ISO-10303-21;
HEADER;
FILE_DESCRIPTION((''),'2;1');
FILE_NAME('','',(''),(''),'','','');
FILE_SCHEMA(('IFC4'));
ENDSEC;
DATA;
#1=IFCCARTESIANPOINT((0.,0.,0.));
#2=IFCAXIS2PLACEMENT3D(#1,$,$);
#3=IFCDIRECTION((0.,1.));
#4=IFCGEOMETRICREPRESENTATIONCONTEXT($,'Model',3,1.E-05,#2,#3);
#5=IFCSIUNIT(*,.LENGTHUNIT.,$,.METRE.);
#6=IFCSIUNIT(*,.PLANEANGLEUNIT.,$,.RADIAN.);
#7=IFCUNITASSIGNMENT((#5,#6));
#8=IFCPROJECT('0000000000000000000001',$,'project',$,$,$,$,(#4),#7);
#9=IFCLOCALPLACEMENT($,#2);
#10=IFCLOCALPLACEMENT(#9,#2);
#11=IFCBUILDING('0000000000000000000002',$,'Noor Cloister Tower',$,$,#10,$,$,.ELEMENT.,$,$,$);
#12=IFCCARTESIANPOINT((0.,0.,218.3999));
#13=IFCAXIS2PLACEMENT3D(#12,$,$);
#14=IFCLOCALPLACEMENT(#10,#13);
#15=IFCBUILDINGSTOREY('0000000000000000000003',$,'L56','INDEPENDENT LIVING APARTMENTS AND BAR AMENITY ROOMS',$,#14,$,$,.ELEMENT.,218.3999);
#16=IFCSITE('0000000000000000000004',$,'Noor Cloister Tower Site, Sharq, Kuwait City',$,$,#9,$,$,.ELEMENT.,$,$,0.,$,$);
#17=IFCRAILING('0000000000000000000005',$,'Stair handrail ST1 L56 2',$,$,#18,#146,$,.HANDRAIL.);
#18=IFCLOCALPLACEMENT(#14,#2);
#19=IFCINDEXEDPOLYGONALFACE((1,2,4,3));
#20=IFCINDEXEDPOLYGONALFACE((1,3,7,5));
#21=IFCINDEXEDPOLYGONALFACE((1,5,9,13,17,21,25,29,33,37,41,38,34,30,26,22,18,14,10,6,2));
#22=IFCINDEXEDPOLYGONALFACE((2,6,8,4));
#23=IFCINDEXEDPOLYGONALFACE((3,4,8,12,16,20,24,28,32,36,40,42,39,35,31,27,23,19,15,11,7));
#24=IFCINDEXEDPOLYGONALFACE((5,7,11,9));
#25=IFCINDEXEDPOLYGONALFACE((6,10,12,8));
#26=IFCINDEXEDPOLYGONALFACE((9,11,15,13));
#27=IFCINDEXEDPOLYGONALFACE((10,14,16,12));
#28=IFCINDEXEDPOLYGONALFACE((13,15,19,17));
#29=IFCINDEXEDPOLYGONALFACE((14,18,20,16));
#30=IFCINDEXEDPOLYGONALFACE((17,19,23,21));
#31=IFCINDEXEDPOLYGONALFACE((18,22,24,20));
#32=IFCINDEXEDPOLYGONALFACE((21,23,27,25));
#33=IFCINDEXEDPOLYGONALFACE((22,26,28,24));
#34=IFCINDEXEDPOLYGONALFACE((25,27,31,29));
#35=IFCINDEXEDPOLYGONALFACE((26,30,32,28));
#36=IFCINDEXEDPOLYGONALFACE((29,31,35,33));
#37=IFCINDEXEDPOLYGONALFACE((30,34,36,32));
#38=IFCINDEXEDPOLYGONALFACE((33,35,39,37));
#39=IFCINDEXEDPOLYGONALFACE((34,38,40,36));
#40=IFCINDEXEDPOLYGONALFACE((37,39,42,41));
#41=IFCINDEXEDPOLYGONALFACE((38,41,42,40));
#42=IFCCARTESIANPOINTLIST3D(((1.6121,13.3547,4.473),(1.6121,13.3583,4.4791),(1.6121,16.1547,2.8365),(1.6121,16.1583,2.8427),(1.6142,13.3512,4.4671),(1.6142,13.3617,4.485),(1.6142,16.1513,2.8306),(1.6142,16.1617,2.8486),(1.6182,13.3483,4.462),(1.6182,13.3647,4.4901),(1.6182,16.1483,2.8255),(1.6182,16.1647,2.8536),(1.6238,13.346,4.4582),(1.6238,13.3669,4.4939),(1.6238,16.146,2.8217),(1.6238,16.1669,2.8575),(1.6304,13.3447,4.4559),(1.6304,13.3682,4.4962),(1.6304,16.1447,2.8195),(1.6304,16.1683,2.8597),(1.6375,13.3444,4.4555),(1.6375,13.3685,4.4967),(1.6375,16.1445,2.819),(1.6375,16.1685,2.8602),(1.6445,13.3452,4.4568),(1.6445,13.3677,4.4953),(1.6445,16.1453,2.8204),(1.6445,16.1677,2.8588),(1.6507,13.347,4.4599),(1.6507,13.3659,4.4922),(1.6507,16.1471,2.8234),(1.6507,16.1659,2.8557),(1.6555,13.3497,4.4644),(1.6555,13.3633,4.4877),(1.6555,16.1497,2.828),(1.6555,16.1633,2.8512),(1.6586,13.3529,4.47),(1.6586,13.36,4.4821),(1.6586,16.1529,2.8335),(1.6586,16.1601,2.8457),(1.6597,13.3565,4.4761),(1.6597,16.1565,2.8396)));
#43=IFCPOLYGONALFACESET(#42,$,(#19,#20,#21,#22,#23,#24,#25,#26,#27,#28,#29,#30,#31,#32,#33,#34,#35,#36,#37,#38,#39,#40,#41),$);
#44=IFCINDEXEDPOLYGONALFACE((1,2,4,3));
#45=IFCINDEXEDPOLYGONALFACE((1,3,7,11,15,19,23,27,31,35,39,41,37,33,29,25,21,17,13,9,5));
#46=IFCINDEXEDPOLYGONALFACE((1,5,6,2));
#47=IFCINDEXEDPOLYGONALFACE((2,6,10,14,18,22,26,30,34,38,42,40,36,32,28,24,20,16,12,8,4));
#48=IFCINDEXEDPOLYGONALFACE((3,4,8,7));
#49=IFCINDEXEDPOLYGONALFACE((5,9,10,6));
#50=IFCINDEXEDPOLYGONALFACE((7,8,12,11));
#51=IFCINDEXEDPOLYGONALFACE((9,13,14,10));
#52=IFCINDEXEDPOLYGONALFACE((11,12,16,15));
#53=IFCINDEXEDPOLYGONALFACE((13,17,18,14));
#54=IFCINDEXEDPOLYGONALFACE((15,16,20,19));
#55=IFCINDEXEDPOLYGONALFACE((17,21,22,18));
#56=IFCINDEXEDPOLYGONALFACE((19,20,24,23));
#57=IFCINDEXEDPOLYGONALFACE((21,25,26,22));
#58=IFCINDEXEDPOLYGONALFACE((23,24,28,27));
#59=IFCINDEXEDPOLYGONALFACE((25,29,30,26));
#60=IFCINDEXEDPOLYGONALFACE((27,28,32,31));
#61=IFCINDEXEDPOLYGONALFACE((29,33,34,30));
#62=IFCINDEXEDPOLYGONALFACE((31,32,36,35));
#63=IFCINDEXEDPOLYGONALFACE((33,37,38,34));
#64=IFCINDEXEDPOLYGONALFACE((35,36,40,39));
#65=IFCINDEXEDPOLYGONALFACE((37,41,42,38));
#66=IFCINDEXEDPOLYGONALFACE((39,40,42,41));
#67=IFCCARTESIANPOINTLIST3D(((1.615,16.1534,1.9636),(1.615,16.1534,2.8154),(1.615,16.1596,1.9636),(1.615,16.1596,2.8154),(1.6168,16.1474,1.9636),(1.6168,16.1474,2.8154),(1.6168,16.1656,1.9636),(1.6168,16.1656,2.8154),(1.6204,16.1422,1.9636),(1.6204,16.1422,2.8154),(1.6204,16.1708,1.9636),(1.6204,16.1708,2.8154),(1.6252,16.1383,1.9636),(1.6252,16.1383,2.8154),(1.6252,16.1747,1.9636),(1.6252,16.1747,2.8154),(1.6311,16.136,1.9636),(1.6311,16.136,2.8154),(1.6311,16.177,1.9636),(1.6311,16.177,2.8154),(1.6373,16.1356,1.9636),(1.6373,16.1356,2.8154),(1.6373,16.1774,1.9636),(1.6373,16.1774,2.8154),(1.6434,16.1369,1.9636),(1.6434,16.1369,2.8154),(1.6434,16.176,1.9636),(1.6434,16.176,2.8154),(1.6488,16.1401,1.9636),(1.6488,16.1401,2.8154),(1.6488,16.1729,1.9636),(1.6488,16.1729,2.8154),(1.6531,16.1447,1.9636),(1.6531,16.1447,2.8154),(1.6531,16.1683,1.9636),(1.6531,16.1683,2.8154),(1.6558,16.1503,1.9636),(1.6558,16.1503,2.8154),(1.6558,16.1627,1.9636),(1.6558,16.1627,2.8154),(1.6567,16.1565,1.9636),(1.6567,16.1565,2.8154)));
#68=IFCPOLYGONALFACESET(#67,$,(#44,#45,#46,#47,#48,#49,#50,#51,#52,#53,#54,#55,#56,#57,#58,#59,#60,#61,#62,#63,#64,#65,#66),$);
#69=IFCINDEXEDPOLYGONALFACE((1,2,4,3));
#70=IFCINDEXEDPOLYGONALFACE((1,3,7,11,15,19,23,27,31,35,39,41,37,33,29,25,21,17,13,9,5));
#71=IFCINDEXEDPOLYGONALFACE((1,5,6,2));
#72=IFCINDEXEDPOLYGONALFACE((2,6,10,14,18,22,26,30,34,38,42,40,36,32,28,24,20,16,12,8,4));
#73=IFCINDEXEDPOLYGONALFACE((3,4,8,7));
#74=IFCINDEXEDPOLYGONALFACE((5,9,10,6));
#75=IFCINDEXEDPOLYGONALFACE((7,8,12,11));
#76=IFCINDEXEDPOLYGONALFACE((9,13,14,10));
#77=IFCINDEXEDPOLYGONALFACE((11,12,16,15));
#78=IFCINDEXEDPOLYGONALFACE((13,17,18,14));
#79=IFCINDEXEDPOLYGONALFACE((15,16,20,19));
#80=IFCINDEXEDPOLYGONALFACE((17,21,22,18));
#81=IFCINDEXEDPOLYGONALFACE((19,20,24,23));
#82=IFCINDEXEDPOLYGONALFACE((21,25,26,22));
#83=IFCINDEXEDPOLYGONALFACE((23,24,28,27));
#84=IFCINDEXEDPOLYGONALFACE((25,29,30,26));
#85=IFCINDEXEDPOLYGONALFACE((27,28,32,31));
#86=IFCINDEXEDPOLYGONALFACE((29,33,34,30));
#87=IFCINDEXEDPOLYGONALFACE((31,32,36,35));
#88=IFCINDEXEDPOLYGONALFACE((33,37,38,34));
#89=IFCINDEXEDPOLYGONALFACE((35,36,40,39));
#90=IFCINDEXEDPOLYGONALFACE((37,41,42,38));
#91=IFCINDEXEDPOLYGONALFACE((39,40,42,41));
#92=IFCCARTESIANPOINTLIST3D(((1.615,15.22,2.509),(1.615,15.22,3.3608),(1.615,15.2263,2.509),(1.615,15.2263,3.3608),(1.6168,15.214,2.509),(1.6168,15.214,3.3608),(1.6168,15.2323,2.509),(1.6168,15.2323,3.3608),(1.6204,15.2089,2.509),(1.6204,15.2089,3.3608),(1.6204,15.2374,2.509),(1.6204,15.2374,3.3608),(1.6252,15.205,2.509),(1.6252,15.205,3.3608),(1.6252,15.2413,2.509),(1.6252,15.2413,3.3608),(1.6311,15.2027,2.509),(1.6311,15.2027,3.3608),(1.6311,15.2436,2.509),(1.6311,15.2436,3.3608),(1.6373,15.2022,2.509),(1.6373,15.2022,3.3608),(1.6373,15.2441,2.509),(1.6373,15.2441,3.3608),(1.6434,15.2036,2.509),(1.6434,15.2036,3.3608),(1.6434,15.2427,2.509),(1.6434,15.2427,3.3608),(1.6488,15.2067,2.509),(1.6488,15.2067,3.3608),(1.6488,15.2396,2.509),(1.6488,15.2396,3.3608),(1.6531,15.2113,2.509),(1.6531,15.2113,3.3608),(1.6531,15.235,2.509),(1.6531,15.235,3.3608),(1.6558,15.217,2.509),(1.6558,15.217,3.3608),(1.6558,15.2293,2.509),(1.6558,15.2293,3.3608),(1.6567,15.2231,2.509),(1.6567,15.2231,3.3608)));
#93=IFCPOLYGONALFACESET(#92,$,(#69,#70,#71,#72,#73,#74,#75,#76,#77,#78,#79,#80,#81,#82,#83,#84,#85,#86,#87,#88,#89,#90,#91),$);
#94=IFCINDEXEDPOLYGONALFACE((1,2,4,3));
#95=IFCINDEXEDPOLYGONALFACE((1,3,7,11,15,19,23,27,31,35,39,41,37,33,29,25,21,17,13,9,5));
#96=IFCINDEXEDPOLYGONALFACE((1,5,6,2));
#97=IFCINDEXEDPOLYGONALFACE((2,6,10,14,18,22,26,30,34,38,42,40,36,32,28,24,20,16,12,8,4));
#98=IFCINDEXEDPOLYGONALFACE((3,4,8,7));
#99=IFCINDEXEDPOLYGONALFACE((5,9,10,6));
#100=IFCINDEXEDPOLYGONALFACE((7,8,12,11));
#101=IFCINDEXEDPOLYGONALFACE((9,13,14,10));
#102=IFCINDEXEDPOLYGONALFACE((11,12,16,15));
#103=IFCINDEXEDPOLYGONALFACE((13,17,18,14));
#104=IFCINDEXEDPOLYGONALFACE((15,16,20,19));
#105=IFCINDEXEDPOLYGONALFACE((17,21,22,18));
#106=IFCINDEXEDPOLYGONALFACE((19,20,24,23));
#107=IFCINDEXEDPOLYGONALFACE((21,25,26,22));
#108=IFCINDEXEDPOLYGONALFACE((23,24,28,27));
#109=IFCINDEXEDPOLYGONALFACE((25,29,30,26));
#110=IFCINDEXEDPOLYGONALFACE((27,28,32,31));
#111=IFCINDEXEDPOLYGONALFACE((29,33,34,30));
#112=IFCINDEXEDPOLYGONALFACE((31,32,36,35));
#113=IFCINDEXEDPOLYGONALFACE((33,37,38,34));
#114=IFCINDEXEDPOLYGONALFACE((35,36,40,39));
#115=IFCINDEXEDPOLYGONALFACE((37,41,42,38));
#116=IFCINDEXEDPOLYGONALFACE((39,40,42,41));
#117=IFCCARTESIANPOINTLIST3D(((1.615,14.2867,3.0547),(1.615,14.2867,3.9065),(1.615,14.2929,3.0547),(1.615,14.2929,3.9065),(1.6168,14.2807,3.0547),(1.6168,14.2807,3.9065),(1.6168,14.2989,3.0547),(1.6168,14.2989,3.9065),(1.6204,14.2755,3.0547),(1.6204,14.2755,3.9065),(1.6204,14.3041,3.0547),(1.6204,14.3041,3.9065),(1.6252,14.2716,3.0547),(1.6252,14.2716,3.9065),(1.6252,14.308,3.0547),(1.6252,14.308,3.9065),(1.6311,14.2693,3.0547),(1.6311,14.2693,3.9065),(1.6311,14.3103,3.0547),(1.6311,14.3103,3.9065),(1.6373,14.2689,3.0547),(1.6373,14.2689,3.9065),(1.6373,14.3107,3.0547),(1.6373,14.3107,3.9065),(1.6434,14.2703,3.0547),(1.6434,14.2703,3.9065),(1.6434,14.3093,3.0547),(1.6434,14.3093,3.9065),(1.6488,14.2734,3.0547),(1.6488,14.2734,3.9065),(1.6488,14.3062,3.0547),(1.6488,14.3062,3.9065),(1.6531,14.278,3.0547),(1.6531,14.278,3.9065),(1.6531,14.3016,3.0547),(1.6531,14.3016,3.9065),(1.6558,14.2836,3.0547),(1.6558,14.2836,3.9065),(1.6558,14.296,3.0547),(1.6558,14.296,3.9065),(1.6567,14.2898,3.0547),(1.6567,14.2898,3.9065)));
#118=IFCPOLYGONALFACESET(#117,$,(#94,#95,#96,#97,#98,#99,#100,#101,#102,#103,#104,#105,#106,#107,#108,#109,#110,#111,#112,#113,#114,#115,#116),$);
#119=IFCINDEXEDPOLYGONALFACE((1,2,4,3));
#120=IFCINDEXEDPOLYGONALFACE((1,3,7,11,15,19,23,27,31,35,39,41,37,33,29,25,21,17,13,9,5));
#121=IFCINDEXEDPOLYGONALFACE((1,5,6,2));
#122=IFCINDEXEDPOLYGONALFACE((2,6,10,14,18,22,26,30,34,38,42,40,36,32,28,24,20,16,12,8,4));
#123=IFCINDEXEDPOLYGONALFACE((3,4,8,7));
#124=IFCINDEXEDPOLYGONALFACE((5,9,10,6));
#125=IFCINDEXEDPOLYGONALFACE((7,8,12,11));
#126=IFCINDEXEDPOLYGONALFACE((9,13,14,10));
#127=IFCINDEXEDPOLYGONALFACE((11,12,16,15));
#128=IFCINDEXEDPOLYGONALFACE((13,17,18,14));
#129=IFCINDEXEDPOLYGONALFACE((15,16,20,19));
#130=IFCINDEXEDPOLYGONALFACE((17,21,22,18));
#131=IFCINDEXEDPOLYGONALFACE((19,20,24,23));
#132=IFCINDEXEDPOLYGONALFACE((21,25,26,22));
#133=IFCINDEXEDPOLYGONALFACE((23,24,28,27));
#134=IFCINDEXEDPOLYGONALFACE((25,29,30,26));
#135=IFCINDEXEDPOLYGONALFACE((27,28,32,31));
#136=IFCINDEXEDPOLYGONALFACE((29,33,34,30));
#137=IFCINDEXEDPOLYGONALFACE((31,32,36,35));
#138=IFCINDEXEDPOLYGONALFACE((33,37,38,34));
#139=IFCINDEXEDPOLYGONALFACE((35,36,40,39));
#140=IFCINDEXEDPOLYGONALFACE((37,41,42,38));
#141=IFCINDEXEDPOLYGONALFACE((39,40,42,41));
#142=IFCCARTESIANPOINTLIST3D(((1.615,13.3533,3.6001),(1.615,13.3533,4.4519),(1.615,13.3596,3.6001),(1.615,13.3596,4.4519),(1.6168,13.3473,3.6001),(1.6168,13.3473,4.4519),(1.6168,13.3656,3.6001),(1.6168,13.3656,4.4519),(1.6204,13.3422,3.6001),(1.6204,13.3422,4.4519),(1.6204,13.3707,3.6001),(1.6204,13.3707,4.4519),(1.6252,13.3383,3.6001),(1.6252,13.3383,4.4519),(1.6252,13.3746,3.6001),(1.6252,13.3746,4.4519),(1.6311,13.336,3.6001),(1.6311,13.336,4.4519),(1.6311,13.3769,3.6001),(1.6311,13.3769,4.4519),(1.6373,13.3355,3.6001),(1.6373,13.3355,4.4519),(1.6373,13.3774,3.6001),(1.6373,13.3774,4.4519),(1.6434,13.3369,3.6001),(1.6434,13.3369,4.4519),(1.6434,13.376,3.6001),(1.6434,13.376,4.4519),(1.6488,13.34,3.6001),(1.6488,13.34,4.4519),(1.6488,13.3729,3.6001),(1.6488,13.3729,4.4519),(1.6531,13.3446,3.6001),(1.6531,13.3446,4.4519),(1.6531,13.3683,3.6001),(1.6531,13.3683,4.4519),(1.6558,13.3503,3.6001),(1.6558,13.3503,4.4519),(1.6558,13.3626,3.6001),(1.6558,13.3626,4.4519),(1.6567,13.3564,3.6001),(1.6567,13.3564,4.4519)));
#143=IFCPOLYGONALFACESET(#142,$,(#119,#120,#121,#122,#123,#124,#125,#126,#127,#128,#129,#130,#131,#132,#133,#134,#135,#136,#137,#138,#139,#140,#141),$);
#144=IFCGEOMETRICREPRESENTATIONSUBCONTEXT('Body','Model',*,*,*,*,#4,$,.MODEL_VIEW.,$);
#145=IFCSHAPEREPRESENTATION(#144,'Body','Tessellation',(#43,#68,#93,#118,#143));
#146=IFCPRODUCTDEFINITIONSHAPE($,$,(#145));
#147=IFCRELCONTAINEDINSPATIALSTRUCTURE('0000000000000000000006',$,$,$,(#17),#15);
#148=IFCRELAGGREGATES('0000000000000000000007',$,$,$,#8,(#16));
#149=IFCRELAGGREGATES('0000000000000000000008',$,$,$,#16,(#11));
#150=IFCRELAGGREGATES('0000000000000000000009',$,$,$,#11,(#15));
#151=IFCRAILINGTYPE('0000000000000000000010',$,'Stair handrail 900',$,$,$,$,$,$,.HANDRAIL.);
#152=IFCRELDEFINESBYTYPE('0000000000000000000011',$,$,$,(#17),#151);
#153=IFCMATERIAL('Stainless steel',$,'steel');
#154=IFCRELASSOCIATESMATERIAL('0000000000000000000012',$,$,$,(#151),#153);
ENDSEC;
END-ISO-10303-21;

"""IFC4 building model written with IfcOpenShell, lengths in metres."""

from ifc_helpers import new_model, si_unit, direction, frame, origin, origin_2d, place, context, subcontext, project, spatial, circle, extrude, material, type_object, element, save


model = new_model("IFC4")

# Units and contexts
model_context = context("Model", 3, precision=1e-05, world=origin(), true_north=direction((0.0, 1.0)))
body_context = subcontext(model_context, "Body", "Model", "MODEL_VIEW")
ifc_project = project(units=[si_unit("LENGTHUNIT", "METRE"), si_unit("PLANEANGLEUNIT", "RADIAN")], contexts=[model_context])

# Site, building, storey
site_placement = place(None, origin())
site = spatial("IfcSite", under=ifc_project, at=site_placement, Name="Noor Cloister Tower Site, Sharq, Kuwait City", CompositionType="ELEMENT", RefElevation=0.0)
building_placement = place(site_placement, origin())
building = spatial("IfcBuilding", under=site, at=building_placement, Name="Noor Cloister Tower", CompositionType="ELEMENT")
storey_placement = place(building_placement, frame((0.0, 0.0, 218.3999)))
storey = spatial("IfcBuildingStorey", under=building, at=storey_placement, Name="L56", Description="INDEPENDENT LIVING APARTMENTS AND BAR AMENITY ROOMS", CompositionType="ELEMENT", Elevation=218.3999)

# Railing
ifc_material_1 = material(Name="Stainless steel", Category="steel")
railing_type_1 = type_object("IfcRailingType", Name="Stair handrail 900", PredefinedType="HANDRAIL", material=ifc_material_1)
railing_1_placement = place(storey_placement, frame((1.6357, 16.1565, 1.9636)))
element("IfcRailing", 1, at=railing_1_placement, inside=storey, type_object=railing_type_1, Name="Stair handrail ST1 L56 2", PredefinedType="HANDRAIL", context=body_context, shape_type="SweptSolid", body=[
    extrude(circle(Radius=0.0239, at=origin_2d()), frame((0.0, 0.0, 0.876), z_axis=(0.0, -0.863361, 0.504587), x_axis=(1.0, 0.0, 0.0)), (0.0, 0.0, 1.0), 3.2432),
    extrude(circle(Radius=0.021, at=origin_2d()), origin(), (0.0, 0.0, 1.0), 0.8518),
    extrude(circle(Radius=0.021, at=origin_2d()), frame((0.0, -0.9333, 0.5454)), (0.0, 0.0, 1.0), 0.8518),
    extrude(circle(Radius=0.021, at=origin_2d()), frame((0.0, -1.8667, 1.0911)), (0.0, 0.0, 1.0), 0.8518),
    extrude(circle(Radius=0.021, at=origin_2d()), frame((0.0, -2.8, 1.6365)), (0.0, 0.0, 1.0), 0.8518),
])

save(model, "model.ifc")
